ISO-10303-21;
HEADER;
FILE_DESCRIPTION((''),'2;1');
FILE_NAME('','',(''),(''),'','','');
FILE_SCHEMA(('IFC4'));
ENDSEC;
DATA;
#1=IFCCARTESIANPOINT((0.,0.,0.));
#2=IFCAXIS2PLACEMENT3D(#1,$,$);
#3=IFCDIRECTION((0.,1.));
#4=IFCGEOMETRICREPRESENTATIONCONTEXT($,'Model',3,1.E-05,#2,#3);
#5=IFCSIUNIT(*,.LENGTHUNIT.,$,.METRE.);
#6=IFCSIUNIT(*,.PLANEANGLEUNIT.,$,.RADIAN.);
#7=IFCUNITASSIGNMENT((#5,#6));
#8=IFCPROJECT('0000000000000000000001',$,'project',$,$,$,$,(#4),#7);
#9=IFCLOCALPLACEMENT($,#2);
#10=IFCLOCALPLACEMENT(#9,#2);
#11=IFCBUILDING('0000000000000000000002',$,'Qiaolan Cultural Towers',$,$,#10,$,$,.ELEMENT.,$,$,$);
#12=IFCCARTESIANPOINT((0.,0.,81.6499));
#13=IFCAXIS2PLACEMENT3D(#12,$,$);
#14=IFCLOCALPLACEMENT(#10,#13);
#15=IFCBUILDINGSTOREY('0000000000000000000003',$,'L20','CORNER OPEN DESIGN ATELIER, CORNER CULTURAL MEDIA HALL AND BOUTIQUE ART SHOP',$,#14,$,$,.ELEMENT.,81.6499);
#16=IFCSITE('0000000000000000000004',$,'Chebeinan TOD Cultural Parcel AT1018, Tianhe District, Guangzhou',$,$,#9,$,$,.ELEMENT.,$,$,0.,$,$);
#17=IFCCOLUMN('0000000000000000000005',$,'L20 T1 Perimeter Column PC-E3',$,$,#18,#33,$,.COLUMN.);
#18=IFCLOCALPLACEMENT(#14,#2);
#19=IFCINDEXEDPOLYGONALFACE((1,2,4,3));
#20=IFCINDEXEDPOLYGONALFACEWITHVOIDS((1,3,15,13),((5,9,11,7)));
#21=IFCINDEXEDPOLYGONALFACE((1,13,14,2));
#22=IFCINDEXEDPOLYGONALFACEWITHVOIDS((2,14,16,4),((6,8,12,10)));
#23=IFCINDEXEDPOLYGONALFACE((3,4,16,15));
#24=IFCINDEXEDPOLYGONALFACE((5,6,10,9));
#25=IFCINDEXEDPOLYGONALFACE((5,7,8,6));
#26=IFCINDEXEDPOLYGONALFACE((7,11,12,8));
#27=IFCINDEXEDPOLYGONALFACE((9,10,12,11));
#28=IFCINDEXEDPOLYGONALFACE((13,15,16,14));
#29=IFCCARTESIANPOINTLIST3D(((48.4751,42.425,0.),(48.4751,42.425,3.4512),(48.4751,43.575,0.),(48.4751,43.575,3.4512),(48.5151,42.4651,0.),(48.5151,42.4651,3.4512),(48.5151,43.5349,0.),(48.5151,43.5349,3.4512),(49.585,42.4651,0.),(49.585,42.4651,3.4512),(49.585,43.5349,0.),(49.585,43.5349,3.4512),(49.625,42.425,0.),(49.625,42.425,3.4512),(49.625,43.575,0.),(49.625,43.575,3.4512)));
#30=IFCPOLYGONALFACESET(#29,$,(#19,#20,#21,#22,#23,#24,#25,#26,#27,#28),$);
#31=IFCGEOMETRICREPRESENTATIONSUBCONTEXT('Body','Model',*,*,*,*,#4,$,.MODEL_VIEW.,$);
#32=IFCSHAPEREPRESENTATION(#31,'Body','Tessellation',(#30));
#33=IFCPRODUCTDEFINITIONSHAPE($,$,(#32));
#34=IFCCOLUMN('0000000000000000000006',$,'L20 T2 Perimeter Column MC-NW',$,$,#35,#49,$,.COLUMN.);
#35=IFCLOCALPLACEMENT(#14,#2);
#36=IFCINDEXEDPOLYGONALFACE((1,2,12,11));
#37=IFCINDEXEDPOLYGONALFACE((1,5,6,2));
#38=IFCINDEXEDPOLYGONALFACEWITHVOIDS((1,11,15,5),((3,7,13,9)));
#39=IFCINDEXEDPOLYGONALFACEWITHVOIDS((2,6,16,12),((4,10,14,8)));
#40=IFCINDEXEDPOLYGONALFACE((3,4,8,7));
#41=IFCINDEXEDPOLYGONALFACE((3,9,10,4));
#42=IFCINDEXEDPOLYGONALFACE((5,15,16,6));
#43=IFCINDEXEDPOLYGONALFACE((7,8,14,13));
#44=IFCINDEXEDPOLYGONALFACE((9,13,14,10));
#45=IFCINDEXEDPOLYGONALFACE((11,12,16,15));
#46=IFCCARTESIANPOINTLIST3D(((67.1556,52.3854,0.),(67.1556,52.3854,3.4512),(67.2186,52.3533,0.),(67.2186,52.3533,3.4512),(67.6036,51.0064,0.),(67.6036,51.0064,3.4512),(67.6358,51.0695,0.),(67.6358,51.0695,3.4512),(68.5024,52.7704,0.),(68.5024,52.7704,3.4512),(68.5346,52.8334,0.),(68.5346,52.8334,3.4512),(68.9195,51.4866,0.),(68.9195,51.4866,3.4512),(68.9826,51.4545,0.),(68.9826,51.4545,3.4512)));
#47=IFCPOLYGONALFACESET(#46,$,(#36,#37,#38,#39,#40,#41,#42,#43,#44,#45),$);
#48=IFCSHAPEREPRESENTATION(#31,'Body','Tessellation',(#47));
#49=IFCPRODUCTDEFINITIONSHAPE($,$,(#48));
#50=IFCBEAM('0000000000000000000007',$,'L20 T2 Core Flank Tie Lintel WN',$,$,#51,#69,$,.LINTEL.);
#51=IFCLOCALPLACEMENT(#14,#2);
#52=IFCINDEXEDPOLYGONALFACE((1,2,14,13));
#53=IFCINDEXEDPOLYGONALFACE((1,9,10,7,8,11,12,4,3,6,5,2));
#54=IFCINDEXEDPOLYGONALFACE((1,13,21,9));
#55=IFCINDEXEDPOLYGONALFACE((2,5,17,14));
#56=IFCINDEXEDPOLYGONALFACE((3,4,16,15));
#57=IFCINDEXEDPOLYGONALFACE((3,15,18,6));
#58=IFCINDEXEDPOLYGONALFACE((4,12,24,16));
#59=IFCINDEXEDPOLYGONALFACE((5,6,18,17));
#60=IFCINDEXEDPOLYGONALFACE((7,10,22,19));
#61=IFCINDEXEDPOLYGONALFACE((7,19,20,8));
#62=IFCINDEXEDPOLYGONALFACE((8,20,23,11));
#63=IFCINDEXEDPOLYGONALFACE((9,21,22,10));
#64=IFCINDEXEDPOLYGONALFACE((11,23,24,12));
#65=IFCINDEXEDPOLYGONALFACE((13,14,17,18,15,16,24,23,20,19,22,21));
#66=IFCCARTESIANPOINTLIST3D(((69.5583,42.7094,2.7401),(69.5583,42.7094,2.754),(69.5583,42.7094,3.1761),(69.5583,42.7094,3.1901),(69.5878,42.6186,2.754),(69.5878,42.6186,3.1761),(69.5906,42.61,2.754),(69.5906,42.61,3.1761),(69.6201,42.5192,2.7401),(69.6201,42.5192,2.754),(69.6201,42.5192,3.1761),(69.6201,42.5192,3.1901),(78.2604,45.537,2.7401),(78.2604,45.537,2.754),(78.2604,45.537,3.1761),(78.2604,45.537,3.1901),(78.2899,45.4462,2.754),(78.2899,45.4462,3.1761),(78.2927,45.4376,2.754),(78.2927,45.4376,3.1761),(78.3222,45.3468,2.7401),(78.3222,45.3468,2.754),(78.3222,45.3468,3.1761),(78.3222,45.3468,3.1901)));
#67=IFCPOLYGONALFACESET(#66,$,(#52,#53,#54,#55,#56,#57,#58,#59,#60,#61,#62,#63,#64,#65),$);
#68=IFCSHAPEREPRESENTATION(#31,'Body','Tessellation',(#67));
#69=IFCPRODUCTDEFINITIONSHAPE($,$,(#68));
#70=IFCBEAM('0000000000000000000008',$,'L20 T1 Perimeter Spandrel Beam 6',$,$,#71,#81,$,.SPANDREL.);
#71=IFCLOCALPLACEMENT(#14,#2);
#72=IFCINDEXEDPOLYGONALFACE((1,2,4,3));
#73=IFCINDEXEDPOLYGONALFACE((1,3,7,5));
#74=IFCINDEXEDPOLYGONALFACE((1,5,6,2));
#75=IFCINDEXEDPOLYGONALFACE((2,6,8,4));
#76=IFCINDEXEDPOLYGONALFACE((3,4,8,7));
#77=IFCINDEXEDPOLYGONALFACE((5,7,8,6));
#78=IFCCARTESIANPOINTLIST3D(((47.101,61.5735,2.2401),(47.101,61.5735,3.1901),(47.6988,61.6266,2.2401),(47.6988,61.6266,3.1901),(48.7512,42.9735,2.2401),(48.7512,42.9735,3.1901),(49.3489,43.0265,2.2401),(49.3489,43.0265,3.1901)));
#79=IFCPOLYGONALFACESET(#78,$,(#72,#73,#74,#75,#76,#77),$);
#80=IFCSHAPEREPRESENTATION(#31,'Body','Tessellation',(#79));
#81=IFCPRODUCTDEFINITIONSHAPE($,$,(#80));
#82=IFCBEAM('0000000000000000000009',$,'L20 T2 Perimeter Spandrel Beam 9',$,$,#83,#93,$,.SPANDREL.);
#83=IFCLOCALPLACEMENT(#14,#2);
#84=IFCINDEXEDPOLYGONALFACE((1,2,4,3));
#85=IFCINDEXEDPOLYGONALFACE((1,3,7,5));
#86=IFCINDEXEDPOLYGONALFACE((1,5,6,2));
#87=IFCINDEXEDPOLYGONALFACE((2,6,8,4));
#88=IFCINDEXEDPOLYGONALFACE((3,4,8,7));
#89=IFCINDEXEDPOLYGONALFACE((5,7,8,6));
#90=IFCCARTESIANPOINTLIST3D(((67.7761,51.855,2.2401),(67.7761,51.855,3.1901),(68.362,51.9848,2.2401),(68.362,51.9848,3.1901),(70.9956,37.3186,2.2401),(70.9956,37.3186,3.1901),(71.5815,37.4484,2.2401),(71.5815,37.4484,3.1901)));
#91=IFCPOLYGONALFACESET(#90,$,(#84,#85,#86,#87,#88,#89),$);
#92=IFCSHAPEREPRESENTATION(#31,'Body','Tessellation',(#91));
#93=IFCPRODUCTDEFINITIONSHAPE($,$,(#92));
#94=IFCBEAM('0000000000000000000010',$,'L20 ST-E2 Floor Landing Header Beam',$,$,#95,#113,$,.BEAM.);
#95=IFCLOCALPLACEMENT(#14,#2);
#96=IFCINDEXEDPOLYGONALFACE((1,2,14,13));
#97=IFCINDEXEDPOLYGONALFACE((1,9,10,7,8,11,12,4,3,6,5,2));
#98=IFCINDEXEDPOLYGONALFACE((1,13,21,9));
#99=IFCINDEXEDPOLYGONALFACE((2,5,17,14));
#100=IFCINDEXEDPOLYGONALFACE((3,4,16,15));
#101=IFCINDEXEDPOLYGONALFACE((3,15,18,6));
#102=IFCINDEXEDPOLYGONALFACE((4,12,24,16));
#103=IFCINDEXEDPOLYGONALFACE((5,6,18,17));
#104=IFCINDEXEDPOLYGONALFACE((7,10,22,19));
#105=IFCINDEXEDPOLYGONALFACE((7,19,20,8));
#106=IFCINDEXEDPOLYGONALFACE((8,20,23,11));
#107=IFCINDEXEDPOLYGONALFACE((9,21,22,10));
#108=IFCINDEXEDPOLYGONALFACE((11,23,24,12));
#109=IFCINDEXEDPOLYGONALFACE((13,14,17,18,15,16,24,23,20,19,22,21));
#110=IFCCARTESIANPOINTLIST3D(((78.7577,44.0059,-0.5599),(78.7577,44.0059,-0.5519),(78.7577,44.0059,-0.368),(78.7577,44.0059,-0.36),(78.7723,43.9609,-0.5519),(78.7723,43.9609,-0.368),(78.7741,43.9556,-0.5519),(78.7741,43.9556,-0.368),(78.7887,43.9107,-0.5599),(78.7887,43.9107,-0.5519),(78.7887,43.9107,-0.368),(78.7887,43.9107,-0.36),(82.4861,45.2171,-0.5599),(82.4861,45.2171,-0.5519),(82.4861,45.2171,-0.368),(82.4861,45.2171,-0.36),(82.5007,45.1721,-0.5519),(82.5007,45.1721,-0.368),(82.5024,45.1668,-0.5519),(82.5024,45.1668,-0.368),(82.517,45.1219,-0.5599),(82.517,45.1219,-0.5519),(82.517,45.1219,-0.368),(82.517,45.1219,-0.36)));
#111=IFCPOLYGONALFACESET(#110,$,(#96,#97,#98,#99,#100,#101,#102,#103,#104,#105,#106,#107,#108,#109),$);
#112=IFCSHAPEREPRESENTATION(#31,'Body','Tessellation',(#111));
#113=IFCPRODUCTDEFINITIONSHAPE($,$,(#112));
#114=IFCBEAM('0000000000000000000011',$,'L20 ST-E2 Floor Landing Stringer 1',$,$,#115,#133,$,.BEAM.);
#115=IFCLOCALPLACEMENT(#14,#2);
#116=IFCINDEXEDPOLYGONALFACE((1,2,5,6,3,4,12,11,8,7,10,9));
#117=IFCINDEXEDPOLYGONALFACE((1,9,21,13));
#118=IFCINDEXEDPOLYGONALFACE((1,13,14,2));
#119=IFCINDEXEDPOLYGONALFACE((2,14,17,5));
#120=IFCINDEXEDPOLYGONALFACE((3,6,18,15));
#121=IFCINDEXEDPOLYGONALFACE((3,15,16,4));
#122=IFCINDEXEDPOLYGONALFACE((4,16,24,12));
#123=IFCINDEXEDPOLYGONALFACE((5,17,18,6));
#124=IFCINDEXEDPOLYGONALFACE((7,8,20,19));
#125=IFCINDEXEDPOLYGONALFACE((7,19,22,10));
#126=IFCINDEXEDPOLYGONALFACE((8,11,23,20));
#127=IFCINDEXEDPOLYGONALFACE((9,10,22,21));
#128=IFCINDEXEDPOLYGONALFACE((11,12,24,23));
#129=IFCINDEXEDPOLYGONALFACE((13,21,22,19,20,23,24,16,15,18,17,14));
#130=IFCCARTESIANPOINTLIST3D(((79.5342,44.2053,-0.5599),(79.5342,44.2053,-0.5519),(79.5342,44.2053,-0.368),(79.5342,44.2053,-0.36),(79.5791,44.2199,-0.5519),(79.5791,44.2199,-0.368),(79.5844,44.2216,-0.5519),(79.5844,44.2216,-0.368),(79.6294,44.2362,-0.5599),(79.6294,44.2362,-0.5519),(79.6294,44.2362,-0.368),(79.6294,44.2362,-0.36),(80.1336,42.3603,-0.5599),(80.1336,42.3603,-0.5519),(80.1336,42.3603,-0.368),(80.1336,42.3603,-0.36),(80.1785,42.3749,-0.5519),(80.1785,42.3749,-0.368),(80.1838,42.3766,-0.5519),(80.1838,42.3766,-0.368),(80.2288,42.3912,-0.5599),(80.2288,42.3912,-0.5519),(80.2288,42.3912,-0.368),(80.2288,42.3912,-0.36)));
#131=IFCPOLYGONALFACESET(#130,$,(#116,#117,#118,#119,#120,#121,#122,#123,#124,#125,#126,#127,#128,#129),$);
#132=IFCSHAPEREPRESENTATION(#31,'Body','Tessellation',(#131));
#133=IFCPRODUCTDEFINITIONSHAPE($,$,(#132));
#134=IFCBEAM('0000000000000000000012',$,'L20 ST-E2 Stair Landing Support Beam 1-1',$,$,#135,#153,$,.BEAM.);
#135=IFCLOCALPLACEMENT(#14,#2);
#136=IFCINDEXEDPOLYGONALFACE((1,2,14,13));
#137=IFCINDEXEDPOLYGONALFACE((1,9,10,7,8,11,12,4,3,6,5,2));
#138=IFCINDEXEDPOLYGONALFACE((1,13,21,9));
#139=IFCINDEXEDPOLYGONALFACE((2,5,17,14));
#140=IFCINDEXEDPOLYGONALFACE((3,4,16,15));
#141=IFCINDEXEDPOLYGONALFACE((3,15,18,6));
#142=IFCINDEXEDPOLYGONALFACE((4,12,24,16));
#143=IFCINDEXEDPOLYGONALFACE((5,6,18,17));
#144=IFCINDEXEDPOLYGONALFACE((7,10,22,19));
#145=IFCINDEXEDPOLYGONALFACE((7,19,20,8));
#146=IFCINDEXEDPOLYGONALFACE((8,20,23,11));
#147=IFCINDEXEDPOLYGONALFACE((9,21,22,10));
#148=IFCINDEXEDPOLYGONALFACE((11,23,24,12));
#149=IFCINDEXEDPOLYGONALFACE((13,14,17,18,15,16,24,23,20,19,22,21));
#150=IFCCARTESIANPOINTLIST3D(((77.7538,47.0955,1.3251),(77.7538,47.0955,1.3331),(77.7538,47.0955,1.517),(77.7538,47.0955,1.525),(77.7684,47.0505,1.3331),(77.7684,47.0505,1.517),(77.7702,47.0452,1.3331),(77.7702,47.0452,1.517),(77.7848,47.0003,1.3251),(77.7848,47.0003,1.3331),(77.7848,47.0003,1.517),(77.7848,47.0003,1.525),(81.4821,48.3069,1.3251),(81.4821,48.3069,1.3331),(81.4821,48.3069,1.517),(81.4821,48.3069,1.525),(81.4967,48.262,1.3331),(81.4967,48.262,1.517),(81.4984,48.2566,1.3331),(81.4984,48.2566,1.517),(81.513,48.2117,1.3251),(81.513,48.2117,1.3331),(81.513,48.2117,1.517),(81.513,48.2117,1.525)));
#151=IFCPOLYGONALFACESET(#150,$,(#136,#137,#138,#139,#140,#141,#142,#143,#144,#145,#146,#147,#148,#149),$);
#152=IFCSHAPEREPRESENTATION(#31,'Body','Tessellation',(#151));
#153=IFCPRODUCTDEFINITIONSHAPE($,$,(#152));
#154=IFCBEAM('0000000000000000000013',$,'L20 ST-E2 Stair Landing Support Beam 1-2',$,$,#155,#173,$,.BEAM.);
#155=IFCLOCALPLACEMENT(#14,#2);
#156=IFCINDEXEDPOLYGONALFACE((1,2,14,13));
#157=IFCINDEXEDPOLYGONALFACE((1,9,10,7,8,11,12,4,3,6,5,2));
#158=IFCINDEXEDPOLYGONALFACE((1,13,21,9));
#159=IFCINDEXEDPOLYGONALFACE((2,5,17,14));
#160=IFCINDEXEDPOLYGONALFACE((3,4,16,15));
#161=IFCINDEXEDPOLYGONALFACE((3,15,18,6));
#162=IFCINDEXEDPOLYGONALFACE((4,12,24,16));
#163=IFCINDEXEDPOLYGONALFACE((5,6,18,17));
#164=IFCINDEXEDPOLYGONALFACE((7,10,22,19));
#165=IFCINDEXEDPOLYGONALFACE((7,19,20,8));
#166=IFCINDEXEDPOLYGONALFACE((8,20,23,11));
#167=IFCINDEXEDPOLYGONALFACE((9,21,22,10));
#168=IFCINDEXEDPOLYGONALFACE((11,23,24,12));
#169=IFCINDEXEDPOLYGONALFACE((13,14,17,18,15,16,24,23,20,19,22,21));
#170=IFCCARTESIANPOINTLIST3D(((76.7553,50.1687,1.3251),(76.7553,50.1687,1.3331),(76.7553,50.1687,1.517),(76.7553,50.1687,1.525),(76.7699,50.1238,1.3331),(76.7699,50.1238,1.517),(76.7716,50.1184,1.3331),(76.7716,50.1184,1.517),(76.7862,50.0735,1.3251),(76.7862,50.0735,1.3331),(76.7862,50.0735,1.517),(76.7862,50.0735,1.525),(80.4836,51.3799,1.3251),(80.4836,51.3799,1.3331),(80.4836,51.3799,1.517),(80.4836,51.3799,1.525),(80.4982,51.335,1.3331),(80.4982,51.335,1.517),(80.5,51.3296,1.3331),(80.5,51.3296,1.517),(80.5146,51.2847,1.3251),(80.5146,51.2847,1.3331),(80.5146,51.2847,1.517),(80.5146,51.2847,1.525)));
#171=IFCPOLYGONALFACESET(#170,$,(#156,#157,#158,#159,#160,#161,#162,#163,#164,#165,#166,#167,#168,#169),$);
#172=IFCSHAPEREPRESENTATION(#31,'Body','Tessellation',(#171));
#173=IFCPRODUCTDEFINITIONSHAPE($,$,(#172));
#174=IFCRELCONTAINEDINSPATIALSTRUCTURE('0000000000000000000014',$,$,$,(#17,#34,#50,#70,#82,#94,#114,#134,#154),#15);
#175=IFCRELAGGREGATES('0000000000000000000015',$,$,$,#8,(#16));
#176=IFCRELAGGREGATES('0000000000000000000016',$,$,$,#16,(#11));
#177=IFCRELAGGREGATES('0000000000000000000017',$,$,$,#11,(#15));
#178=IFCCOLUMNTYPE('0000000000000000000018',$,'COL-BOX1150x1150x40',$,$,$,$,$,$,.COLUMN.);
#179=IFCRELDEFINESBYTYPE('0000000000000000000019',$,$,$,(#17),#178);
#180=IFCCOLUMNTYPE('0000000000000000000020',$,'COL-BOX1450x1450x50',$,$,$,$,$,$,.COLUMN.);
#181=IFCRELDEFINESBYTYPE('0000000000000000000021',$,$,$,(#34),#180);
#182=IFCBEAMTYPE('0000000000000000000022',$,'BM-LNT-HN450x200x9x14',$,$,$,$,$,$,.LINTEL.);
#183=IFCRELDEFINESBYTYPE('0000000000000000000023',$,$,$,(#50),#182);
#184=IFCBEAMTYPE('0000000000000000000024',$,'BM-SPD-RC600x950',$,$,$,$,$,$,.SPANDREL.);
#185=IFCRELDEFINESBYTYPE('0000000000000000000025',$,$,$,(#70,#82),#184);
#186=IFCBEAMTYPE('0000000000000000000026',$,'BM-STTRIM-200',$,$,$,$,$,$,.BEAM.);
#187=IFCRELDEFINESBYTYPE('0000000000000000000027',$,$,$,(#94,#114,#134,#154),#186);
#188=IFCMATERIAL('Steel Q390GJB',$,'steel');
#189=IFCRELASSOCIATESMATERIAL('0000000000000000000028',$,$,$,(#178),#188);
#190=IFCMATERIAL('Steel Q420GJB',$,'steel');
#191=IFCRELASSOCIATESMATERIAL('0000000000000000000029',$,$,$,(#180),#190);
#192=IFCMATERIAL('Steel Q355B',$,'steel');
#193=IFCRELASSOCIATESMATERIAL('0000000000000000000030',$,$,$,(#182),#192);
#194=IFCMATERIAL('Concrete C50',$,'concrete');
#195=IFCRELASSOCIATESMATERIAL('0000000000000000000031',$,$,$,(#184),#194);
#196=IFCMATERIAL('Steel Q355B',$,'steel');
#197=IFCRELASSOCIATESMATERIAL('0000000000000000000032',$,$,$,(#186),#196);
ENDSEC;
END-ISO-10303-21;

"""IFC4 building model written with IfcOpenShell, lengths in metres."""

from ifc_helpers import new_model, si_unit, direction, frame, origin, origin_2d, place, context, subcontext, project, spatial, rectangle, hollow_rectangle, i_section, extrude, material, material_profile, profile_set, type_object, element, save


model = new_model("IFC4")

# Units and contexts
model_context = context("Model", 3, precision=1e-05, world=origin(), true_north=direction((0.0, 1.0)))
body_context = subcontext(model_context, "Body", "Model", "MODEL_VIEW")
ifc_project = project(units=[si_unit("LENGTHUNIT", "METRE"), si_unit("PLANEANGLEUNIT", "RADIAN")], contexts=[model_context])

# Site, building, storey
site_placement = place(None, origin())
site = spatial("IfcSite", under=ifc_project, at=site_placement, Name="Chebeinan TOD Cultural Parcel AT1018, Tianhe District, Guangzhou", CompositionType="ELEMENT", RefElevation=0.0)
building_placement = place(site_placement, origin())
building = spatial("IfcBuilding", under=site, at=building_placement, Name="Qiaolan Cultural Towers", CompositionType="ELEMENT")
storey_placement = place(building_placement, frame((0.0, 0.0, 81.6499)))
storey = spatial("IfcBuildingStorey", under=building, at=storey_placement, Name="L20", Description="CORNER OPEN DESIGN ATELIER, CORNER CULTURAL MEDIA HALL AND BOUTIQUE ART SHOP", CompositionType="ELEMENT", Elevation=81.6499)

# Columns
ifc_material_1 = material(Name="Steel Q390GJB", Category="steel")
ifc_material_profile_1 = material_profile(ifc_material_1, hollow_rectangle(XDim=1.1499, YDim=1.1499, WallThickness=0.04, at=origin_2d()), Name="BOX1150x1150x40")
ifc_profile_set_1 = profile_set([ifc_material_profile_1], Name="Steel Q390GJB")
column_type_1 = type_object("IfcColumnType", Name="COL-BOX1150x1150x40", PredefinedType="COLUMN", material=ifc_profile_set_1)
column_1_placement = place(storey_placement, frame((49.05, 43.0, 0.0), z_axis=(0.0, 0.0, 1.0), x_axis=(1.0, 0.0, 0.0)))
element("IfcColumn", 1, at=column_1_placement, inside=storey, type_object=column_type_1, Name="L20 T1 Perimeter Column PC-E3", PredefinedType="COLUMN", context=body_context, shape_type="SweptSolid", body=[
    extrude(hollow_rectangle(XDim=1.1499, YDim=1.1499, WallThickness=0.04, at=origin_2d()), origin(), (0.0, 0.0, 1.0), 3.4512),
])
ifc_material_2 = material(Name="Steel Q420GJB", Category="steel")
ifc_material_profile_2 = material_profile(ifc_material_2, hollow_rectangle(XDim=1.45, YDim=1.45, WallThickness=0.05, at=origin_2d()), Name="BOX1450x1450x50")
ifc_profile_set_2 = profile_set([ifc_material_profile_2], Name="Steel Q420GJB")
column_type_2 = type_object("IfcColumnType", Name="COL-BOX1450x1450x50", PredefinedType="COLUMN", material=ifc_profile_set_2)
column_2_placement = place(storey_placement, frame((68.0691, 51.9199, 0.0), z_axis=(0.0, 0.0, 1.0), x_axis=(0.951057, 0.309017, 0.0)))
element("IfcColumn", 2, at=column_2_placement, inside=storey, type_object=column_type_2, Name="L20 T2 Perimeter Column MC-NW", PredefinedType="COLUMN", context=body_context, shape_type="SweptSolid", body=[
    extrude(hollow_rectangle(XDim=1.45, YDim=1.45, WallThickness=0.05, at=origin_2d()), origin(), (0.0, 0.0, 1.0), 3.4512),
])

# Beams
ifc_material_3 = material(Name="Steel Q355B", Category="steel")
ifc_material_profile_3 = material_profile(ifc_material_3, i_section(OverallWidth=0.2, OverallDepth=0.45, WebThickness=0.009, FlangeThickness=0.0139, at=origin_2d()), Name="HN450x200x9x14")
ifc_profile_set_3 = profile_set([ifc_material_profile_3], Name="Steel Q355B")
beam_type_1 = type_object("IfcBeamType", Name="BM-LNT-HN450x200x9x14", PredefinedType="LINTEL", material=ifc_profile_set_3)
beam_1_placement = place(storey_placement, frame((78.2913, 45.4419, 2.9651), z_axis=(-0.951052, -0.309031, 0.0), x_axis=(0.309031, -0.951052, 0.0)))
element("IfcBeam", 3, at=beam_1_placement, inside=storey, type_object=beam_type_1, Name="L20 T2 Core Flank Tie Lintel WN", PredefinedType="LINTEL", context=body_context, shape_type="SweptSolid", body=[
    extrude(i_section(OverallWidth=0.2, OverallDepth=0.45, WebThickness=0.009, FlangeThickness=0.0139, at=origin_2d()), origin(), (0.0, 0.0, 1.0), 9.1499),
])
ifc_material_4 = material(Name="Concrete C50", Category="concrete")
ifc_material_profile_4 = material_profile(ifc_material_4, rectangle(XDim=0.6001, YDim=0.95, at=origin_2d()), Name="RC600x950")
ifc_profile_set_4 = profile_set([ifc_material_profile_4], Name="Concrete C50")
beam_type_2 = type_object("IfcBeamType", Name="BM-SPD-RC600x950", PredefinedType="SPANDREL", material=ifc_profile_set_4)
beam_2_placement = place(storey_placement, frame((49.05, 43.0, 2.7151), z_axis=(-0.08837, 0.996088, 0.0), x_axis=(-0.996088, -0.08837, 0.0)))
element("IfcBeam", 4, at=beam_2_placement, inside=storey, type_object=beam_type_2, Name="L20 T1 Perimeter Spandrel Beam 6", PredefinedType="SPANDREL", context=body_context, shape_type="SweptSolid", body=[
    extrude(rectangle(XDim=0.6001, YDim=0.95, at=origin_2d()), origin(), (0.0, 0.0, 1.0), 18.6731),
])
beam_3_placement = place(storey_placement, frame((68.0691, 51.9199, 2.7151), z_axis=(0.216238, -0.976341, 0.0), x_axis=(0.976341, 0.216238, 0.0)))
element("IfcBeam", 5, at=beam_3_placement, inside=storey, type_object=beam_type_2, Name="L20 T2 Perimeter Spandrel Beam 9", PredefinedType="SPANDREL", context=body_context, shape_type="SweptSolid", body=[
    extrude(rectangle(XDim=0.6001, YDim=0.95, at=origin_2d()), origin(), (0.0, 0.0, 1.0), 14.8887),
])
ifc_material_5 = material(Name="Steel Q355B", Category="steel")
ifc_material_profile_5 = material_profile(ifc_material_5, i_section(OverallWidth=0.1001, OverallDepth=0.2, WebThickness=0.0056, FlangeThickness=0.0081, at=origin_2d()), Name="HN200x100x5.5x8")
ifc_profile_set_5 = profile_set([ifc_material_profile_5], Name="Steel Q355B")
beam_type_3 = type_object("IfcBeamType", Name="BM-STTRIM-200", PredefinedType="BEAM", material=ifc_profile_set_5)
beam_4_placement = place(storey_placement, frame((78.7732, 43.9583, -0.46), z_axis=(0.951072, 0.308969, 0.0), x_axis=(-0.308969, 0.951072, 0.0)))
element("IfcBeam", 6, at=beam_4_placement, inside=storey, type_object=beam_type_3, Name="L20 ST-E2 Floor Landing Header Beam", PredefinedType="BEAM", context=body_context, shape_type="SweptSolid", body=[
    extrude(i_section(OverallWidth=0.1001, OverallDepth=0.2, WebThickness=0.0056, FlangeThickness=0.0081, at=origin_2d()), origin(), (0.0, 0.0, 1.0), 3.9202),
])
beam_5_placement = place(storey_placement, frame((80.1812, 42.3757, -0.46), z_axis=(-0.308969, 0.951072, 0.0), x_axis=(-0.951072, -0.308969, 0.0)))
element("IfcBeam", 7, at=beam_5_placement, inside=storey, type_object=beam_type_3, Name="L20 ST-E2 Floor Landing Stringer 1", PredefinedType="BEAM", context=body_context, shape_type="SweptSolid", body=[
    extrude(i_section(OverallWidth=0.1001, OverallDepth=0.2, WebThickness=0.0056, FlangeThickness=0.0081, at=origin_2d()), origin(), (0.0, 0.0, 1.0), 1.9399),
])
for number, where, z_axis, x_axis, name in (
    (8, (77.7693, 47.0479, 1.425), (0.951054, 0.309026, 0.0), (-0.309026, 0.951054, 0.0), "L20 ST-E2 Stair Landing Support Beam 1-1"),
    (9, (76.7708, 50.1211, 1.425), (0.951072, 0.308969, 0.0), (-0.308969, 0.951072, 0.0), "L20 ST-E2 Stair Landing Support Beam 1-2"),
):
    element("IfcBeam", number, at=place(storey_placement, frame(where, z_axis=z_axis, x_axis=x_axis)), inside=storey, type_object=beam_type_3, Name=name, PredefinedType="BEAM", context=body_context, shape_type="SweptSolid", body=[
        extrude(i_section(OverallWidth=0.1001, OverallDepth=0.2, WebThickness=0.0056, FlangeThickness=0.0081, at=origin_2d()), origin(), (0.0, 0.0, 1.0), 3.9202),
    ])

save(model, "model.ifc")
